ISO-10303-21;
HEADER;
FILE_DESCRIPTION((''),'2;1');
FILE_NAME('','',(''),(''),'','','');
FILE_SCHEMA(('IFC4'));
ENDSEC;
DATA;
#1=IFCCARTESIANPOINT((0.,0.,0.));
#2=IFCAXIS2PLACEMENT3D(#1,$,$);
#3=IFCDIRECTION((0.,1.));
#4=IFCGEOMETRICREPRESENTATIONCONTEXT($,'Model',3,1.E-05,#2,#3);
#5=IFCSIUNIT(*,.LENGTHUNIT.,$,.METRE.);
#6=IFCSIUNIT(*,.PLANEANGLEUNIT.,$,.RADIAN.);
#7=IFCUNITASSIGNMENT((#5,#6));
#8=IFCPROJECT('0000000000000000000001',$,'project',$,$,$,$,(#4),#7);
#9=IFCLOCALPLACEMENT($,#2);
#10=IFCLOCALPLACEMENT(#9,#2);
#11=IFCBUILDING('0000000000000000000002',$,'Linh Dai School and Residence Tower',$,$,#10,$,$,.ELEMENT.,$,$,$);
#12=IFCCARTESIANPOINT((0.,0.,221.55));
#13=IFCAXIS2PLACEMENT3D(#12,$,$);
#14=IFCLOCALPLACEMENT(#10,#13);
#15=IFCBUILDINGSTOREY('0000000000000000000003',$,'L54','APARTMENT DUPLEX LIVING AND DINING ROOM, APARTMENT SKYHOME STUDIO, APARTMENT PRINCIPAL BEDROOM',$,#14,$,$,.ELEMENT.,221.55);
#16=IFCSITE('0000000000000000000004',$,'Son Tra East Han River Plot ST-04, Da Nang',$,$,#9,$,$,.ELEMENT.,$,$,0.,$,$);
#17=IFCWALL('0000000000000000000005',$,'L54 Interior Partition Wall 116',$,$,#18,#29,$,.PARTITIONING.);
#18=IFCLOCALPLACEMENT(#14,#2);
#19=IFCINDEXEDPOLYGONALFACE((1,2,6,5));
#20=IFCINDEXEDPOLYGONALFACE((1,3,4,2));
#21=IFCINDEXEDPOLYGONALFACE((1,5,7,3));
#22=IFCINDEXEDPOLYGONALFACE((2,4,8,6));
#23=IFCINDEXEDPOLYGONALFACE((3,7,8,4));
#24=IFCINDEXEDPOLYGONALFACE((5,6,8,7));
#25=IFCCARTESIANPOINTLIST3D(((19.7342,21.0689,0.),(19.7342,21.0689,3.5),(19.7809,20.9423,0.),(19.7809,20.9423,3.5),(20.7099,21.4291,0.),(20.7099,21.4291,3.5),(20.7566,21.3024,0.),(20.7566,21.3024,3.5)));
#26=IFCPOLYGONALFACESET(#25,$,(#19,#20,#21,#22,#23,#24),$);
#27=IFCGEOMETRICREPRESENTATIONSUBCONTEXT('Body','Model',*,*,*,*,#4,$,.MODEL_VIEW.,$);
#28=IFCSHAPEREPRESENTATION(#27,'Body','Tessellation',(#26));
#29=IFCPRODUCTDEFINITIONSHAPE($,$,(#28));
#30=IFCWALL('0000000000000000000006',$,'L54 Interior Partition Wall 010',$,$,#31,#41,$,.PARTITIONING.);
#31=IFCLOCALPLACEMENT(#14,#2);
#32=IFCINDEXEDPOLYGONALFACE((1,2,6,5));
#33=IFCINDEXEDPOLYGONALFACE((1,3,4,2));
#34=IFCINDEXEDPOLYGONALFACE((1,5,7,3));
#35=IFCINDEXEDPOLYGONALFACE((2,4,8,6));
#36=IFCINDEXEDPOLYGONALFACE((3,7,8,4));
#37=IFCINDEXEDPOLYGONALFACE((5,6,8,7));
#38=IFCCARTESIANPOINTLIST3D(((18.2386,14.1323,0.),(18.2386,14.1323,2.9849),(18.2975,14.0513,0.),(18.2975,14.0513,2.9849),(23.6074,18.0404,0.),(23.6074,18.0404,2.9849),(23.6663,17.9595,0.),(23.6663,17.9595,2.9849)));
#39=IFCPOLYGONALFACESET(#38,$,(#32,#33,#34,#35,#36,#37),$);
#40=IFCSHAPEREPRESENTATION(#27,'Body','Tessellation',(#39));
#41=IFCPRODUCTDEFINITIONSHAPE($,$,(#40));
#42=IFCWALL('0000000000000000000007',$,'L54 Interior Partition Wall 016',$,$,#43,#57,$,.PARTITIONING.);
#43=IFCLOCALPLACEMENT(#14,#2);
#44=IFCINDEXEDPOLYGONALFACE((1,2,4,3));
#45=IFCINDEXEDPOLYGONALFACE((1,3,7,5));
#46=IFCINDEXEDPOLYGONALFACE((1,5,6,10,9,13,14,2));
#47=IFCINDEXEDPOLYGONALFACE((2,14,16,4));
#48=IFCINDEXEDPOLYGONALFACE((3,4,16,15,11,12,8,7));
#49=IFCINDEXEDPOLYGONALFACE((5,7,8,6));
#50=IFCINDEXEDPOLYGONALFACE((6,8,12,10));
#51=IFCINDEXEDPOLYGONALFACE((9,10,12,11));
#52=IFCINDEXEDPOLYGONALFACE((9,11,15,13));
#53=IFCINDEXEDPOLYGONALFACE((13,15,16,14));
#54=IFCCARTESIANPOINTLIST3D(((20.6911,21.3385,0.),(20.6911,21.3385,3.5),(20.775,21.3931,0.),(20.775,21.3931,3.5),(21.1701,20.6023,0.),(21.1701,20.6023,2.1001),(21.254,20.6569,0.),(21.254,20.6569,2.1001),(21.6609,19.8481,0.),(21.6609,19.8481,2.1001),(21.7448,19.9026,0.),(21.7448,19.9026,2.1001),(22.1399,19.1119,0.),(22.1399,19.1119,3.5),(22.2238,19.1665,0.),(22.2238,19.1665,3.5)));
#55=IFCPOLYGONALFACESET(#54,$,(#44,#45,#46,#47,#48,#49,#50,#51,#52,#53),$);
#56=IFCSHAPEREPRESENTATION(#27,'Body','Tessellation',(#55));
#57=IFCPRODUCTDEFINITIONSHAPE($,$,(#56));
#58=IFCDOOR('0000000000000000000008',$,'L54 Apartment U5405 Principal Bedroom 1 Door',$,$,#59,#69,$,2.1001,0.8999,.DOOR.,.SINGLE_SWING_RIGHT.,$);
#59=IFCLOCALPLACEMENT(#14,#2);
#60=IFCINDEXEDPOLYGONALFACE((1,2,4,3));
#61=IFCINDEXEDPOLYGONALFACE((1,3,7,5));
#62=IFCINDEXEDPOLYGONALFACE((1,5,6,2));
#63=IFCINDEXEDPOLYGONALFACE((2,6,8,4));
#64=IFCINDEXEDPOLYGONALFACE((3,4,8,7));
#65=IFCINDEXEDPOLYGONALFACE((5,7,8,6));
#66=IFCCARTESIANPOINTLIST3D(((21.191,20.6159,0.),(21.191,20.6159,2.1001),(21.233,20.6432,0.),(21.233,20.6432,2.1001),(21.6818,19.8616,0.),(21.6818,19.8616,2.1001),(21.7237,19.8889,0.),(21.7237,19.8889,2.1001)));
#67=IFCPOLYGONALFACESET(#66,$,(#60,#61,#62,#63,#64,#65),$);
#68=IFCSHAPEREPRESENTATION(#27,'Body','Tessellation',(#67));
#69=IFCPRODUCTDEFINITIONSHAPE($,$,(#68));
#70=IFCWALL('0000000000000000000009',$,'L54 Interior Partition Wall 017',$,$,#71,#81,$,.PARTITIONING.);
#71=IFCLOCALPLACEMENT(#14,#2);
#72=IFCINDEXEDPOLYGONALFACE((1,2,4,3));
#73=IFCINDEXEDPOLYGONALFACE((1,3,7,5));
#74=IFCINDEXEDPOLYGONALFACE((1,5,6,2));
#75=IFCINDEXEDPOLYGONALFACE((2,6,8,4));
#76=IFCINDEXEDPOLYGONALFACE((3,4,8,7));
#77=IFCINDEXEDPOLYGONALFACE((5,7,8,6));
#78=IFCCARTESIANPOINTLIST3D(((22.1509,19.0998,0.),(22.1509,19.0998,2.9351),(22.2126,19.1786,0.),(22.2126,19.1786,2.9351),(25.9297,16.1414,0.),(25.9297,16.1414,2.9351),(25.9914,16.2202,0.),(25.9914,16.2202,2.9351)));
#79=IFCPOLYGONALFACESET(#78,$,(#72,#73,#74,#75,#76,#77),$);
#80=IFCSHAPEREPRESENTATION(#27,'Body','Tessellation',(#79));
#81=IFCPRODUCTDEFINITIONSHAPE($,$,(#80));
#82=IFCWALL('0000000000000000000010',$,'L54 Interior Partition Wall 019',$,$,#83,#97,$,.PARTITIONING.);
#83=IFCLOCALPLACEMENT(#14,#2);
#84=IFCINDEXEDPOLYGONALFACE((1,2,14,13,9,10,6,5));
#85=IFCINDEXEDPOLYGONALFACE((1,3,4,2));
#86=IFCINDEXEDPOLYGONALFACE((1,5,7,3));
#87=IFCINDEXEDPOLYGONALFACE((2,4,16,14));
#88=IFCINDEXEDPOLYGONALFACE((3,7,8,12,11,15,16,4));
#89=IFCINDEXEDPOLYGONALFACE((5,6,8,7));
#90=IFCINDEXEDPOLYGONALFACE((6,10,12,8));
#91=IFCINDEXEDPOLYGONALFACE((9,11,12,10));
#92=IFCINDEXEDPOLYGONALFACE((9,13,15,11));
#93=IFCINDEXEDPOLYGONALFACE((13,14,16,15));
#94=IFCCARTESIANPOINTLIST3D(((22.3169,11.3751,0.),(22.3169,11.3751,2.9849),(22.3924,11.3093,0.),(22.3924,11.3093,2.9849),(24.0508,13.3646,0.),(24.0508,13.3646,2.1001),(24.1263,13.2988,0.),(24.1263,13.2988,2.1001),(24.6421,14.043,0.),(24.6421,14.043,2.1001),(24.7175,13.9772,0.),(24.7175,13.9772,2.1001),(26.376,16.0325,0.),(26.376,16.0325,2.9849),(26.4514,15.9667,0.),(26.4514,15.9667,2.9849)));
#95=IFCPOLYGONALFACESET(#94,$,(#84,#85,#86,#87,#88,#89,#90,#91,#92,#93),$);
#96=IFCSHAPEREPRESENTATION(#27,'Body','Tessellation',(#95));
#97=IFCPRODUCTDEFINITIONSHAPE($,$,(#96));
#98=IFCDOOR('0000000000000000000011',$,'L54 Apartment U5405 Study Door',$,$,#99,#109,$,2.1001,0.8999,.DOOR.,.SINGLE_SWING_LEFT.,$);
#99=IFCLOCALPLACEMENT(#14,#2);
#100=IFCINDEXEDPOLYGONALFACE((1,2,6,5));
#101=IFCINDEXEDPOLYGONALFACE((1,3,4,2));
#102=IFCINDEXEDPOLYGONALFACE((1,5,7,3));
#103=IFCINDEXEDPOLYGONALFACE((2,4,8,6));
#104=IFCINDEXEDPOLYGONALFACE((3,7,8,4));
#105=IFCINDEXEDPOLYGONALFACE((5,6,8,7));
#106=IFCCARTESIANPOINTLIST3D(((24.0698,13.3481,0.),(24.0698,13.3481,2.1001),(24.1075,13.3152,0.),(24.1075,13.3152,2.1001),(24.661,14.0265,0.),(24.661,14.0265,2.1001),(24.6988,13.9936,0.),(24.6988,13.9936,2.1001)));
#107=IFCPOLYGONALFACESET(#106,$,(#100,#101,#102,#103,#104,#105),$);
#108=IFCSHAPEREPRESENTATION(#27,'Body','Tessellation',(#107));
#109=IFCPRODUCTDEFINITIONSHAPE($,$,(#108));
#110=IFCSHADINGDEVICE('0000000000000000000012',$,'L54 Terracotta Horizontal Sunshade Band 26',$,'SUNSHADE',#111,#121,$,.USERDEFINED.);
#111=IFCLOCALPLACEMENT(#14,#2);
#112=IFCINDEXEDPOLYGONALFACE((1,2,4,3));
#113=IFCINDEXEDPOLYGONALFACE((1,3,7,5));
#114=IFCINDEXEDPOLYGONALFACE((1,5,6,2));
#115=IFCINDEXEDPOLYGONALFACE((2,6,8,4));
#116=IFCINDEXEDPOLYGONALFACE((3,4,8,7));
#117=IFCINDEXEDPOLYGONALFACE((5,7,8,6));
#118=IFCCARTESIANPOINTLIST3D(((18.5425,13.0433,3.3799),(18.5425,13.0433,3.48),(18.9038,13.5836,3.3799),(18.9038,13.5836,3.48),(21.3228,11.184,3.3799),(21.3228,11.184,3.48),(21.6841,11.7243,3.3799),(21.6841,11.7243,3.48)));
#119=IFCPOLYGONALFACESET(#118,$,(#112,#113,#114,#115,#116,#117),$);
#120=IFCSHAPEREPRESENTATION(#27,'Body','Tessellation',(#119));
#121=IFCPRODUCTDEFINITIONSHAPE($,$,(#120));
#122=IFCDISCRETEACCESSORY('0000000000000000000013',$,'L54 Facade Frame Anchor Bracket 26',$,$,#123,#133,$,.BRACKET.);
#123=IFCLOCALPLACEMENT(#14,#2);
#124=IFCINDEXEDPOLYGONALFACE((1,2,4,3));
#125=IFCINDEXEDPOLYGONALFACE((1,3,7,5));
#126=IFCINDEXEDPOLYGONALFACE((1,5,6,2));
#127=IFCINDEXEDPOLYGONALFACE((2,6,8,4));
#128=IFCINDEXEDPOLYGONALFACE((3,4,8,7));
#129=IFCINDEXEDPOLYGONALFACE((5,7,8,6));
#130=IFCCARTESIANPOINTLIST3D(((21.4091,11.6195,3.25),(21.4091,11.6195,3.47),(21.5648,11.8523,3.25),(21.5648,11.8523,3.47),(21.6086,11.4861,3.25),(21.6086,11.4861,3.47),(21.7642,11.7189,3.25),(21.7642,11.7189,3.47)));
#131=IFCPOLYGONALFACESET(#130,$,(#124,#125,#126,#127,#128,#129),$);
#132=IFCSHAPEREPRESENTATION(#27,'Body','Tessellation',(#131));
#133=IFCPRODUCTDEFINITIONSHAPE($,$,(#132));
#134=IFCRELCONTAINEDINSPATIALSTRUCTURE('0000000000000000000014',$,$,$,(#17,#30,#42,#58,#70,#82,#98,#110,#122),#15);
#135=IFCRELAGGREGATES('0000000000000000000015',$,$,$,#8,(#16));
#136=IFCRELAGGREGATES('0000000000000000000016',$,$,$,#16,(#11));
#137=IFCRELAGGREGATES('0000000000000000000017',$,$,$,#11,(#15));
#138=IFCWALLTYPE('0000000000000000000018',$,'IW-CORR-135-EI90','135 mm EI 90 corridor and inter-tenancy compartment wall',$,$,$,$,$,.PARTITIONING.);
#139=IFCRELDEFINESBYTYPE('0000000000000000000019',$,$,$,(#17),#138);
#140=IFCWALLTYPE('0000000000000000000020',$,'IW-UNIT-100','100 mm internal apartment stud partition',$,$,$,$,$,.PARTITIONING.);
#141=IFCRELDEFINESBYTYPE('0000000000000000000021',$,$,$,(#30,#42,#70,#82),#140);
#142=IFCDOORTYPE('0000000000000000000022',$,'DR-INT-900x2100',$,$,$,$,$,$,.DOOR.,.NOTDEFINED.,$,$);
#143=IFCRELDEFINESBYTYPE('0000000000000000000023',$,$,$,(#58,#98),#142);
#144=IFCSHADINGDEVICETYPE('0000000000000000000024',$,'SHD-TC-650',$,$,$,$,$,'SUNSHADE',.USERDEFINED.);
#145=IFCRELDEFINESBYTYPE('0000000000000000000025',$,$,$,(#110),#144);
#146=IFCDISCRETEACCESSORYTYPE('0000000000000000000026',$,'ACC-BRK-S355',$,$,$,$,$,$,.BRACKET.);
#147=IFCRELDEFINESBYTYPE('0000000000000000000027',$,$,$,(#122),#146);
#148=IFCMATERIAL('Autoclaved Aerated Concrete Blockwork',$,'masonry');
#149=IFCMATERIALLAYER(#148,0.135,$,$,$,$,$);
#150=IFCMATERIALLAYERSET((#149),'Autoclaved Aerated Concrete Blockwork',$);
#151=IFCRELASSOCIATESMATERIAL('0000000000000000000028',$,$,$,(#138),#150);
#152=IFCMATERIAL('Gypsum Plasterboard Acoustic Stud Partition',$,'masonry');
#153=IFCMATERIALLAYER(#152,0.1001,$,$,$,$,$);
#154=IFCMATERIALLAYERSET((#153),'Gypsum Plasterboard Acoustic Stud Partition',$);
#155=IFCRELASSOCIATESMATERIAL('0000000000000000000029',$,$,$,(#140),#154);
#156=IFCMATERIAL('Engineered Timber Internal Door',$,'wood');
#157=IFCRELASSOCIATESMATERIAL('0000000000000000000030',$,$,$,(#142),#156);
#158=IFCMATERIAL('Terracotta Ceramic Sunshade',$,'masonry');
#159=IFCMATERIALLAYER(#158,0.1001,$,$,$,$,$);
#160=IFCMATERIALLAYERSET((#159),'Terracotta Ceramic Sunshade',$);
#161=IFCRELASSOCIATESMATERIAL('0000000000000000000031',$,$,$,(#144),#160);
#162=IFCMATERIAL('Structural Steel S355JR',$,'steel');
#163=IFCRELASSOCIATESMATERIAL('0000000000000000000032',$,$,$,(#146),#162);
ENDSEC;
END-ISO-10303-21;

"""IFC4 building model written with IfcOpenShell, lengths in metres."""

from ifc_helpers import new_model, si_unit, direction, frame, frame_2d, origin, origin_2d, place, context, subcontext, project, spatial, rectangle, extrude, source, transform, mapped, material, layer, layer_set, type_object, element, fill, save


model = new_model("IFC4")

# Units and contexts
model_context = context("Model", 3, precision=1e-05, world=origin(), true_north=direction((0.0, 1.0)))
body_context = subcontext(model_context, "Body", "Model", "MODEL_VIEW")
ifc_project = project(units=[si_unit("LENGTHUNIT", "METRE"), si_unit("PLANEANGLEUNIT", "RADIAN")], contexts=[model_context])

# Site, building, storey
site_placement = place(None, origin())
site = spatial("IfcSite", under=ifc_project, at=site_placement, Name="Son Tra East Han River Plot ST-04, Da Nang", CompositionType="ELEMENT", RefElevation=0.0)
building_placement = place(site_placement, origin())
building = spatial("IfcBuilding", under=site, at=building_placement, Name="Linh Dai School and Residence Tower", CompositionType="ELEMENT")
storey_placement = place(building_placement, frame((0.0, 0.0, 221.55)))
storey = spatial("IfcBuildingStorey", under=building, at=storey_placement, Name="L54", Description="APARTMENT DUPLEX LIVING AND DINING ROOM, APARTMENT SKYHOME STUDIO, APARTMENT PRINCIPAL BEDROOM", CompositionType="ELEMENT", Elevation=221.55)

# Shared definitions
ifc_material_1 = material(Name="Structural Steel S355JR", Category="steel")

# Shared definitions
ifc_material_2 = material(Name="Autoclaved Aerated Concrete Blockwork", Category="masonry")
ifc_layer_1 = layer(ifc_material_2, 0.135)
ifc_layer_set_1 = layer_set([ifc_layer_1], Name="Autoclaved Aerated Concrete Blockwork")
wall_type_1 = type_object("IfcWallType", Name="IW-CORR-135-EI90", Description="135 mm EI 90 corridor and inter-tenancy compartment wall", PredefinedType="PARTITIONING", material=ifc_layer_set_1)

# Walls
wall_1_placement = place(storey_placement, frame((19.7576, 21.0056, 0.0), z_axis=(0.0, 0.0, 1.0), x_axis=(0.938131, 0.346282, 0.0)))
element("IfcWall", 1, at=wall_1_placement, inside=storey, type_object=wall_type_1, Name="L54 Interior Partition Wall 116", PredefinedType="PARTITIONING", context=body_context, shape_type="SweptSolid", body=[
    extrude(rectangle(XDim=1.04, YDim=0.135, at=frame_2d((0.52, 0.0))), origin(), (0.0, 0.0, 1.0), 3.5),
])
ifc_material_3 = material(Name="Gypsum Plasterboard Acoustic Stud Partition", Category="masonry")
ifc_layer_2 = layer(ifc_material_3, 0.1001)
ifc_layer_set_2 = layer_set([ifc_layer_2], Name="Gypsum Plasterboard Acoustic Stud Partition")
wall_type_2 = type_object("IfcWallType", Name="IW-UNIT-100", Description="100 mm internal apartment stud partition", PredefinedType="PARTITIONING", material=ifc_layer_set_2)
wall_2_placement = place(storey_placement, frame((18.2681, 14.0918, 0.0), z_axis=(0.0, 0.0, 1.0), x_axis=(0.808482, 0.588521, 0.0)))
element("IfcWall", 2, at=wall_2_placement, inside=storey, type_object=wall_type_2, Name="L54 Interior Partition Wall 010", PredefinedType="PARTITIONING", context=body_context, shape_type="SweptSolid", body=[
    extrude(rectangle(XDim=6.6406, YDim=0.1001, at=frame_2d((3.3203, 0.0))), origin(), (0.0, 0.0, 1.0), 2.9849),
])

# Wall, opening, door
wall_3_placement = place(storey_placement, frame((20.7332, 21.3657, 0.0), z_axis=(0.0, 0.0, 1.0), x_axis=(0.545376, -0.838192, 0.0)))
wall_3 = element("IfcWall", 3, at=wall_3_placement, inside=storey, type_object=wall_type_2, Name="L54 Interior Partition Wall 016", PredefinedType="PARTITIONING", context=body_context, shape_type="SweptSolid", body=[
    extrude(rectangle(XDim=2.6565, YDim=0.1001, at=frame_2d((1.3281, 0.0))), origin(), (0.0, 0.0, 1.0), 3.5),
])
opening_1_placement = place(wall_3_placement, frame((0.8782, 0.0, 0.0)))
opening_1 = element("IfcOpeningElement", 4, at=opening_1_placement, cuts=wall_3, PredefinedType="OPENING", context=body_context, shape_type="SweptSolid", body=[
    extrude(rectangle(XDim=0.8999, YDim=2.1001, at=origin_2d()), frame((0.45, 0.0601, 1.05), z_axis=(0.0, -1.0, 0.0), x_axis=(1.0, 0.0, 0.0)), (0.0, 0.0, 1.0), 0.1201),
])
ifc_material_4 = material(Name="Engineered Timber Internal Door", Category="wood")
door_type_1 = type_object("IfcDoorType", Name="DR-INT-900x2100", OperationType="NOTDEFINED", PredefinedType="DOOR", material=ifc_material_4)
shared_shape_1 = source(origin(), body_context, "Body", "SweptSolid", [
    extrude(rectangle(XDim=0.8999, YDim=2.1001, at=origin_2d()), frame((0.45, 0.0249, 1.05), z_axis=(0.0, -1.0, 0.0), x_axis=(1.0, 0.0, 0.0)), (0.0, 0.0, 1.0), 0.05),
])
door_1_placement = place(opening_1_placement, origin())
door_1 = element("IfcDoor", 5, at=door_1_placement, inside=storey, type_object=door_type_1, Name="L54 Apartment U5405 Principal Bedroom 1 Door", OperationType="SINGLE_SWING_RIGHT", OverallHeight=2.1001, OverallWidth=0.8999, PredefinedType="DOOR", context=body_context, shape_type="MappedRepresentation", body=[
    mapped(shared_shape_1, transform((0.0, 0.0, 0.0), x_axis=(1.0, 0.0, 0.0), y_axis=(0.0, 1.0, 0.0), z_axis=(0.0, 0.0, 1.0), scale=1.0)),
])
fill(opening_1, door_1)

# Wall
wall_4_placement = place(storey_placement, frame((22.1819, 19.1392, 0.0), z_axis=(0.0, 0.0, 1.0), x_axis=(0.787387, -0.616459, 0.0)))
element("IfcWall", 6, at=wall_4_placement, inside=storey, type_object=wall_type_2, Name="L54 Interior Partition Wall 017", PredefinedType="PARTITIONING", context=body_context, shape_type="SweptSolid", body=[
    extrude(rectangle(XDim=4.7991, YDim=0.1001, at=frame_2d((2.3994, 0.0))), origin(), (0.0, 0.0, 1.0), 2.9351),
])

# Wall, opening, door
wall_5_placement = place(storey_placement, frame((22.3547, 11.3423, 0.0), z_axis=(0.0, 0.0, 1.0), x_axis=(0.657018, 0.753875, 0.0)))
wall_5 = element("IfcWall", 7, at=wall_5_placement, inside=storey, type_object=wall_type_2, Name="L54 Interior Partition Wall 019", PredefinedType="PARTITIONING", context=body_context, shape_type="SweptSolid", body=[
    extrude(rectangle(XDim=6.178, YDim=0.1001, at=frame_2d((3.0889, 0.0))), origin(), (0.0, 0.0, 1.0), 2.9849),
])
opening_2_placement = place(wall_5_placement, frame((2.6389, 0.0, 0.0)))
opening_2 = element("IfcOpeningElement", 8, at=opening_2_placement, cuts=wall_5, PredefinedType="OPENING", context=body_context, shape_type="SweptSolid", body=[
    extrude(rectangle(XDim=0.8999, YDim=2.1001, at=origin_2d()), frame((0.45, 0.0601, 1.05), z_axis=(0.0, -1.0, 0.0), x_axis=(1.0, 0.0, 0.0)), (0.0, 0.0, 1.0), 0.1201),
])
door_2_placement = place(opening_2_placement, origin())
door_2 = element("IfcDoor", 9, at=door_2_placement, inside=storey, type_object=door_type_1, Name="L54 Apartment U5405 Study Door", OperationType="SINGLE_SWING_LEFT", OverallHeight=2.1001, OverallWidth=0.8999, PredefinedType="DOOR", context=body_context, shape_type="MappedRepresentation", body=[
    mapped(shared_shape_1, transform((0.0, 0.0, 0.0), x_axis=(1.0, 0.0, 0.0), y_axis=(0.0, 1.0, 0.0), z_axis=(0.0, 0.0, 1.0), scale=1.0)),
])
fill(opening_2, door_2)

# Shading device
ifc_material_5 = material(Name="Terracotta Ceramic Sunshade", Category="masonry")
ifc_layer_3 = layer(ifc_material_5, 0.1001)
ifc_layer_set_3 = layer_set([ifc_layer_3], Name="Terracotta Ceramic Sunshade")
shading_device_type = type_object("IfcShadingDeviceType", Name="SHD-TC-650", ElementType="SUNSHADE", PredefinedType="USERDEFINED", material=ifc_layer_set_3)
shared_shape_2 = source(origin(), body_context, "Body", "SweptSolid", [
    extrude(rectangle(XDim=3.3447, YDim=0.6499, at=origin_2d()), origin(), (0.0, 0.0, 1.0), 0.1001),
])
shading_device_placement = place(storey_placement, frame((20.1133, 12.3838, 3.3799), z_axis=(0.0, 0.0, 1.0), x_axis=(-0.831258, 0.555887, 0.0)))
element("IfcShadingDevice", 10, at=shading_device_placement, inside=storey, type_object=shading_device_type, Name="L54 Terracotta Horizontal Sunshade Band 26", ObjectType="SUNSHADE", PredefinedType="USERDEFINED", context=body_context, shape_type="MappedRepresentation", body=[
    mapped(shared_shape_2, transform((0.0, 0.0, 0.0), x_axis=(1.0, 0.0, 0.0), y_axis=(0.0, 1.0, 0.0), z_axis=(0.0, 0.0, 1.0), scale=1.0)),
])

# Discrete accessory
discrete_accessory_type = type_object("IfcDiscreteAccessoryType", Name="ACC-BRK-S355", PredefinedType="BRACKET", material=ifc_material_1)
shared_shape_3 = source(origin(), body_context, "Body", "SweptSolid", [
    extrude(rectangle(XDim=0.28, YDim=0.24, at=origin_2d()), origin(), (0.0, 0.0, 1.0), 0.22),
])
discrete_accessory_placement = place(storey_placement, frame((21.5867, 11.6692, 3.25), z_axis=(0.0, 0.0, 1.0), x_axis=(-0.555887, -0.831258, 0.0)))
element("IfcDiscreteAccessory", 11, at=discrete_accessory_placement, inside=storey, type_object=discrete_accessory_type, Name="L54 Facade Frame Anchor Bracket 26", PredefinedType="BRACKET", context=body_context, shape_type="MappedRepresentation", body=[
    mapped(shared_shape_3, transform((0.0, 0.0, 0.0), x_axis=(1.0, 0.0, 0.0), y_axis=(0.0, 1.0, 0.0), z_axis=(0.0, 0.0, 1.0), scale=1.0)),
])

save(model, "model.ifc")
